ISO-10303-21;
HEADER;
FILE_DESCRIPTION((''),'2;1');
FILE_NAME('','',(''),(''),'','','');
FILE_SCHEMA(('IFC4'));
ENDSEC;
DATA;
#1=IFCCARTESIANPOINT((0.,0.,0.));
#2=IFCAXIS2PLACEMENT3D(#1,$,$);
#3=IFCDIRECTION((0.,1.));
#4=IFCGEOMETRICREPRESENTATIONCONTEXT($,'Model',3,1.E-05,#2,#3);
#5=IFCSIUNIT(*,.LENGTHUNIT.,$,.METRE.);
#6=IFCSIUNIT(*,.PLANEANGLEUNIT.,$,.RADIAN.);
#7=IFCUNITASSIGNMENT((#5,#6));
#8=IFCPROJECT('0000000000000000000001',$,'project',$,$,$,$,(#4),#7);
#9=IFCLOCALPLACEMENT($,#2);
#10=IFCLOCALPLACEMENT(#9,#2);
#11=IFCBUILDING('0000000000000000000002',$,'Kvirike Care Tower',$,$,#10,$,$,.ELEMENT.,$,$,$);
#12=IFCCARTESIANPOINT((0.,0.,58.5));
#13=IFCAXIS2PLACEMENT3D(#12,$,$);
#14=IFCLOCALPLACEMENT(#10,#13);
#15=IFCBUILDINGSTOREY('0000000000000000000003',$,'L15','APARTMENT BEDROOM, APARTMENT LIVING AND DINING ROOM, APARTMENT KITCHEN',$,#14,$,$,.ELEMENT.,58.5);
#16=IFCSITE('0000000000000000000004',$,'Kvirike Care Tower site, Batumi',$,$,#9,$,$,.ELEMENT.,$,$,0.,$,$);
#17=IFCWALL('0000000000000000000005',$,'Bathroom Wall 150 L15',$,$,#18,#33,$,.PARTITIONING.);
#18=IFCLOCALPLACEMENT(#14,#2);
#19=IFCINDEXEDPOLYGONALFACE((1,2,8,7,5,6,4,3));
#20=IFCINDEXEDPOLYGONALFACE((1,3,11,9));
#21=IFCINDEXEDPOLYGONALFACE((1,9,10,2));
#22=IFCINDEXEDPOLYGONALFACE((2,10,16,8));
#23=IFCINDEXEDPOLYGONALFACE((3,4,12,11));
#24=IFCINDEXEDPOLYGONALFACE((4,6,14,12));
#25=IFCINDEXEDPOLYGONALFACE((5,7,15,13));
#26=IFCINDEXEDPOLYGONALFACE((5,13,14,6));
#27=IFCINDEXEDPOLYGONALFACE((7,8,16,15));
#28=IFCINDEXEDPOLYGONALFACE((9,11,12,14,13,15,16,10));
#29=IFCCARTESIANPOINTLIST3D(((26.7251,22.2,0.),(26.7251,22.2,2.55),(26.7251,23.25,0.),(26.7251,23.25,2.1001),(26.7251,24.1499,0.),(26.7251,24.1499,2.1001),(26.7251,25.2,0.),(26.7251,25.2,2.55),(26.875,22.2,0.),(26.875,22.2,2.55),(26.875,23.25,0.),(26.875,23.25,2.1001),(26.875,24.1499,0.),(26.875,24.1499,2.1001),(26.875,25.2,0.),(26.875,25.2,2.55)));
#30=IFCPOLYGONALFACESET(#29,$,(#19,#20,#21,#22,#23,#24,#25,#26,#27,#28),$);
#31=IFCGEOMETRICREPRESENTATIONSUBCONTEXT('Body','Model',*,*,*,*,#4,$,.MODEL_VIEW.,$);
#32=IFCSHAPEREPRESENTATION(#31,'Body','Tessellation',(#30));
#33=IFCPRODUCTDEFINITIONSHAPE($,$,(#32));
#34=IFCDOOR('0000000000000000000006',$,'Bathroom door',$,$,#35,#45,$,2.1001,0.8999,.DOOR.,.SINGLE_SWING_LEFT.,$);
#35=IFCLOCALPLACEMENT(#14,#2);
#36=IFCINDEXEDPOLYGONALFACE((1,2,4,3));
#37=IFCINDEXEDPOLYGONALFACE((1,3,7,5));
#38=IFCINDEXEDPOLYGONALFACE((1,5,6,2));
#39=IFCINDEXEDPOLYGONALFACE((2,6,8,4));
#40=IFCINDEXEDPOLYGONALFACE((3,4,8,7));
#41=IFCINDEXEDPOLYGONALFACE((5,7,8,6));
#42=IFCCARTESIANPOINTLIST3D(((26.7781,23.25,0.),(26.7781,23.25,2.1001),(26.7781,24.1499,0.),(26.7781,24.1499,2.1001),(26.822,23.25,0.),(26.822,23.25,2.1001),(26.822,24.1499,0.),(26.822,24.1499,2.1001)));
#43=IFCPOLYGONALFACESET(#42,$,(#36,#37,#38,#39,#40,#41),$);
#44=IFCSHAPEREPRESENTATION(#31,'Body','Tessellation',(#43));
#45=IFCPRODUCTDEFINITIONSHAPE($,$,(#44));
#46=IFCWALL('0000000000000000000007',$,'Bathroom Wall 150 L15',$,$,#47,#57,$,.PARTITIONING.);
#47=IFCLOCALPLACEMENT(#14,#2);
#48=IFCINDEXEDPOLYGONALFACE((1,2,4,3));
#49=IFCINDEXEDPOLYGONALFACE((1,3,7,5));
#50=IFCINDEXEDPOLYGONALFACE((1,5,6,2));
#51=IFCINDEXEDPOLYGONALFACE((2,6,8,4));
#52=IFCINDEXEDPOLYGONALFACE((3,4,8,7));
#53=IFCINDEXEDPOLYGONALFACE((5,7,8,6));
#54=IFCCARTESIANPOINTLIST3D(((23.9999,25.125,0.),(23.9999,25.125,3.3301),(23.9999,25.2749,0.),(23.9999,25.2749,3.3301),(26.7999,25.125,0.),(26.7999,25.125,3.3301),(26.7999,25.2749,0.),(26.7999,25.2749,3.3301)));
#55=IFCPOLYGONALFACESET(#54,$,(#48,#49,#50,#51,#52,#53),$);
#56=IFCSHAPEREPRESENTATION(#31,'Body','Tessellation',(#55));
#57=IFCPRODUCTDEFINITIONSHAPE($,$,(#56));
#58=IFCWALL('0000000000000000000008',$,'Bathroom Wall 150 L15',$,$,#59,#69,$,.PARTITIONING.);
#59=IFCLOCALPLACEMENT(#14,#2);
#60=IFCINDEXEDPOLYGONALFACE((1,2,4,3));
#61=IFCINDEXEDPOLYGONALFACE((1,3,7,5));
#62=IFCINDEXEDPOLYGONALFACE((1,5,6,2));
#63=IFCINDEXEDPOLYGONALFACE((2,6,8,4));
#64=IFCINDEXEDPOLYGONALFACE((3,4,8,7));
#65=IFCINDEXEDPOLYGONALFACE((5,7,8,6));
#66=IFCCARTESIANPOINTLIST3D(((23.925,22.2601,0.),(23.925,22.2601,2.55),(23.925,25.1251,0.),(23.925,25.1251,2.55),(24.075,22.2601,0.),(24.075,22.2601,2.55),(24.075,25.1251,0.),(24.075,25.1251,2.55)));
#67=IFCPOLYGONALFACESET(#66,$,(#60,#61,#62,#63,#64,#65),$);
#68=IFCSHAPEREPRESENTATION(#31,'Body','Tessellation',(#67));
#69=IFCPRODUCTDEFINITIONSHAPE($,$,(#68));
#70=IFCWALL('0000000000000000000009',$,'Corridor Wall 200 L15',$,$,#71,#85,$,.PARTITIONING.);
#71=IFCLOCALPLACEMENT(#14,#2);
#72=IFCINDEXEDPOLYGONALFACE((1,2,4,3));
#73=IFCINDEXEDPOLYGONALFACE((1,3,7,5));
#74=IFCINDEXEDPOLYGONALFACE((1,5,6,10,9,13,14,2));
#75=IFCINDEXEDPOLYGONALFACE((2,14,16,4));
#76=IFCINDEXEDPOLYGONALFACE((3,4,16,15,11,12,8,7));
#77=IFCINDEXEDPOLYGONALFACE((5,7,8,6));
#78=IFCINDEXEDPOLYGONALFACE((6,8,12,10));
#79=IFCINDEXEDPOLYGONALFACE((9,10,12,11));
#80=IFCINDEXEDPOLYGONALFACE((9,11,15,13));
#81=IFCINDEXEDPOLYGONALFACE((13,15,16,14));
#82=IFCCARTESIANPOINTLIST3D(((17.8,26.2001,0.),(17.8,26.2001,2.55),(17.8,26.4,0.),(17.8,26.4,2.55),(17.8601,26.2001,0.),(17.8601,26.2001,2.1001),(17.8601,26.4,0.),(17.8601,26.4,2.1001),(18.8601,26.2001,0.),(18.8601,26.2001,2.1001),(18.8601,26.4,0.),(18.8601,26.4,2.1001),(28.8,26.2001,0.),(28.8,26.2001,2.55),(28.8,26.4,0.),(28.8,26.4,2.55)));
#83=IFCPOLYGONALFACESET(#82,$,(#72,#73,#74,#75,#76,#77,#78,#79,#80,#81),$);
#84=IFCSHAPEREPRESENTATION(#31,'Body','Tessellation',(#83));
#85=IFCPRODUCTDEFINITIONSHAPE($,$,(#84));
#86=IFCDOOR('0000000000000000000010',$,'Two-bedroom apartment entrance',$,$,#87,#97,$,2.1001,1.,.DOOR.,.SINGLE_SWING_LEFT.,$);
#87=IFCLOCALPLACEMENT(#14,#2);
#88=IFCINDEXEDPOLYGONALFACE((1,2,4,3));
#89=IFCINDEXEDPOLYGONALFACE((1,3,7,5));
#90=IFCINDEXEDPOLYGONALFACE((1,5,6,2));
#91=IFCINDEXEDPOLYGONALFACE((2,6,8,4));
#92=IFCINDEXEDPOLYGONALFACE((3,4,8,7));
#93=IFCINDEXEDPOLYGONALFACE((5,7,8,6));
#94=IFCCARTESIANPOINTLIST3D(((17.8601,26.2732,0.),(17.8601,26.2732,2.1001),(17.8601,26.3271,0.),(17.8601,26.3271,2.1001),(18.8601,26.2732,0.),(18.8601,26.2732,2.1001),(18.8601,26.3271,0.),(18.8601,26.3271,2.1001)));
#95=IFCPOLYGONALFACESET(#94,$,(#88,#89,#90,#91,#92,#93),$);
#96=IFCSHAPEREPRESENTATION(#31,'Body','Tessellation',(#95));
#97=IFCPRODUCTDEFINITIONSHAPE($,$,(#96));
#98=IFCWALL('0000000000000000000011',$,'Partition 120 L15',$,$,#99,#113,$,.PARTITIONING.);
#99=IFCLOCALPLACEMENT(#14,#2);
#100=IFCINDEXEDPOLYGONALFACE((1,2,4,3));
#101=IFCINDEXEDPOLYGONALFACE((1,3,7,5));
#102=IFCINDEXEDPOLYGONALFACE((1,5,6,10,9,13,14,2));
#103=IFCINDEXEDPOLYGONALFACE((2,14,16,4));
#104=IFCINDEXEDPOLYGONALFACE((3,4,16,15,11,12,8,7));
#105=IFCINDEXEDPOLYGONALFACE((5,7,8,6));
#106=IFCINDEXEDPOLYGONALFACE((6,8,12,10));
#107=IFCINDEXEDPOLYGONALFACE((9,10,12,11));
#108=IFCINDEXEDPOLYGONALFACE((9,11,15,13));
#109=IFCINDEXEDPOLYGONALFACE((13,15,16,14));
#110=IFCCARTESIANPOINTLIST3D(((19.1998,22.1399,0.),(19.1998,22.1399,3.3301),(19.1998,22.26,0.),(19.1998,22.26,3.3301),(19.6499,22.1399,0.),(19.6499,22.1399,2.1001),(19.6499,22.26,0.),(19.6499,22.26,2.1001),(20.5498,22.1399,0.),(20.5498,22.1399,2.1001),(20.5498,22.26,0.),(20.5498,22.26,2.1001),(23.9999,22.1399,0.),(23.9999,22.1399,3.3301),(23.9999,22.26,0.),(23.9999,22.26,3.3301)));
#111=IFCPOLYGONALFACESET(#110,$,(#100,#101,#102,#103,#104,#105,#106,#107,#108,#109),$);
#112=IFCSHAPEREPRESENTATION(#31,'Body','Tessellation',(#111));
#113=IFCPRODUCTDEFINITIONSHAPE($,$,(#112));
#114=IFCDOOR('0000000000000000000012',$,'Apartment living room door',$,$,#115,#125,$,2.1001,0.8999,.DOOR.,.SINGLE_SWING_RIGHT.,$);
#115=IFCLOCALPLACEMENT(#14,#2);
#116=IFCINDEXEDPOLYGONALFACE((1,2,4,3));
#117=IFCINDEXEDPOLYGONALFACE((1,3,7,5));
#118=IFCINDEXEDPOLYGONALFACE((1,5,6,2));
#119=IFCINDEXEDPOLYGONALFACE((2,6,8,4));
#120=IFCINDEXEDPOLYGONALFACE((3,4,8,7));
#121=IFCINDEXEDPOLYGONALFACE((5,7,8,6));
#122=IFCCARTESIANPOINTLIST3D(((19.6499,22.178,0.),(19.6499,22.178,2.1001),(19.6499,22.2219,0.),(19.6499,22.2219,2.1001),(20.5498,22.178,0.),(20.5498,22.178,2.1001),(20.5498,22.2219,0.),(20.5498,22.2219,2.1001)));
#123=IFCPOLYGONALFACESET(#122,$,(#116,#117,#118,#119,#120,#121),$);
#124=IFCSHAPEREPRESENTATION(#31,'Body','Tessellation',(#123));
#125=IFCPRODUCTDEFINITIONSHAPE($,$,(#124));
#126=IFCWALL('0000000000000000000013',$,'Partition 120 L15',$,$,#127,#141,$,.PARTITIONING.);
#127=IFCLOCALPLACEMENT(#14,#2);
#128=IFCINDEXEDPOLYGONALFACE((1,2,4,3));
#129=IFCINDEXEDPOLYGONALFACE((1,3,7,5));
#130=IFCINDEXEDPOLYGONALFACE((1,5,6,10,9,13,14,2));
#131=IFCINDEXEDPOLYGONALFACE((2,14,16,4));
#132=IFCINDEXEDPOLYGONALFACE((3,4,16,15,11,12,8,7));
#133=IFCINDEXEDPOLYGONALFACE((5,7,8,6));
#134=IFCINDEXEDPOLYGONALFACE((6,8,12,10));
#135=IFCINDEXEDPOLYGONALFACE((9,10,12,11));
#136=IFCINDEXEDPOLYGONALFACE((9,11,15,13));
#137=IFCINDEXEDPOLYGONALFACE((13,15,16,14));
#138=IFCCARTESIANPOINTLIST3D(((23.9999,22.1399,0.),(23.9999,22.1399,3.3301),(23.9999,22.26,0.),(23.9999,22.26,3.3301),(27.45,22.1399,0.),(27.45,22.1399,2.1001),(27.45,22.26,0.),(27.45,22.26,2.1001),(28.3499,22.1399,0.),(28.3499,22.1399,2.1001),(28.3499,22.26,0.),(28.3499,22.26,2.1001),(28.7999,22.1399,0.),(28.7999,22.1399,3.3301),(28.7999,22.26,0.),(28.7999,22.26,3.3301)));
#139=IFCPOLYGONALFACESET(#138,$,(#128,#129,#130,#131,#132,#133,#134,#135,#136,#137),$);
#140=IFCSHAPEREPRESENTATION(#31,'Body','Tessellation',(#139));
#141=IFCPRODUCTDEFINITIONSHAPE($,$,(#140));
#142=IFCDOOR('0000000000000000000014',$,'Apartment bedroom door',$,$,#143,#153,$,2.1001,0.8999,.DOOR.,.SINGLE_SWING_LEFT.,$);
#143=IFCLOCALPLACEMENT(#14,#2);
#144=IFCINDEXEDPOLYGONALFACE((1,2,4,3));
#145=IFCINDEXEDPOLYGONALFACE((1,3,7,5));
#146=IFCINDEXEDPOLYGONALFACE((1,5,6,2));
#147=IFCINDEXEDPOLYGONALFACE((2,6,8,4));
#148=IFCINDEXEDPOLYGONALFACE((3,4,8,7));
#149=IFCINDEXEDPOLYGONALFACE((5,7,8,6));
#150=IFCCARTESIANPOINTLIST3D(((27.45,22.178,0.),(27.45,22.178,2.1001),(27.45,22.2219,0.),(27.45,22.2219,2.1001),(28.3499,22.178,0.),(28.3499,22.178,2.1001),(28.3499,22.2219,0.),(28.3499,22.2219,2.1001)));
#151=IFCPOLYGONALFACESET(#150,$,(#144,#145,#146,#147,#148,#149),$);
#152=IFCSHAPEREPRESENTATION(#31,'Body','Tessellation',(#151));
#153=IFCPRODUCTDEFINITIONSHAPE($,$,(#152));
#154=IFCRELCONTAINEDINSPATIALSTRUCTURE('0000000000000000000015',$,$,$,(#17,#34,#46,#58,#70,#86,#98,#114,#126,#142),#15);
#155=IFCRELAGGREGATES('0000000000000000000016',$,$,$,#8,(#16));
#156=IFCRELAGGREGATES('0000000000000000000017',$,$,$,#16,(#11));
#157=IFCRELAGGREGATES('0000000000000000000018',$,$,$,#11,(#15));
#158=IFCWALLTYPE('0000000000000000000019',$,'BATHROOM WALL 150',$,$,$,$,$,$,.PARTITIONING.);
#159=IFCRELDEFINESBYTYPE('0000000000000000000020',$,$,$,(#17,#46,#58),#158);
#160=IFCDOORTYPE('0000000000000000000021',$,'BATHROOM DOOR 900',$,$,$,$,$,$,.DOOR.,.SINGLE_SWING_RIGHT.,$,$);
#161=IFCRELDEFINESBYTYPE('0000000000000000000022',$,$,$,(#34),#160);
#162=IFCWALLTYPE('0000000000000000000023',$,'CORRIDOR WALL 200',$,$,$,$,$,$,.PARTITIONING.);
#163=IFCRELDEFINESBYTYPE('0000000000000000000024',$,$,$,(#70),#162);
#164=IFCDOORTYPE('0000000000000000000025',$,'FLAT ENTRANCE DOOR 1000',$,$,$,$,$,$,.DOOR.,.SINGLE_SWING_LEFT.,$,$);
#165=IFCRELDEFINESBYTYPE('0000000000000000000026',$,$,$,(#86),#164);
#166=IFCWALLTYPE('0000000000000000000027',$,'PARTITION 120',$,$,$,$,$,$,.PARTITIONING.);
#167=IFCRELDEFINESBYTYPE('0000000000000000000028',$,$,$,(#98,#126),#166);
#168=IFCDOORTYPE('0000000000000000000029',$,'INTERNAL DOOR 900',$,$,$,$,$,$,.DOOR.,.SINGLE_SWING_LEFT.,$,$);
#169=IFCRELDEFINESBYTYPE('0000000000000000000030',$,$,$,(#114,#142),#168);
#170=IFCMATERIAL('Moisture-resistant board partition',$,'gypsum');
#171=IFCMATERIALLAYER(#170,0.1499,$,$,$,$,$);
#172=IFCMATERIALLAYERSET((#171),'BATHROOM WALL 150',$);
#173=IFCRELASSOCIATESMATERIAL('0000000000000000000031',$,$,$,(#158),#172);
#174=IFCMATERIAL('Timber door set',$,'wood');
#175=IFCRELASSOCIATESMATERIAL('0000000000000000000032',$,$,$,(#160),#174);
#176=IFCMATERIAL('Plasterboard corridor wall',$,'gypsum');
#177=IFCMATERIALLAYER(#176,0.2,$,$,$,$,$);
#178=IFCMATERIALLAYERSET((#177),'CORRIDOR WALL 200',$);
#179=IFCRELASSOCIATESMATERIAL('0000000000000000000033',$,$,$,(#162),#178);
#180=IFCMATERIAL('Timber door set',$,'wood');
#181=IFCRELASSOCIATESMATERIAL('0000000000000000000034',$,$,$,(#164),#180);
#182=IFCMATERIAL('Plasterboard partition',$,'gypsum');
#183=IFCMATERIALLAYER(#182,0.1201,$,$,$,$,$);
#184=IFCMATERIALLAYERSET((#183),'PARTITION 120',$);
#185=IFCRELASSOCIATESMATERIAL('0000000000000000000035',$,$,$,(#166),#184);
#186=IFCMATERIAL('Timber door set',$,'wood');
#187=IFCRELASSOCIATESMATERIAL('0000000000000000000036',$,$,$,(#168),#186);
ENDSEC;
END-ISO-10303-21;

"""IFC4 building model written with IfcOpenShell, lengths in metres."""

from ifc_helpers import new_model, si_unit, direction, frame, frame_2d, origin, place, context, subcontext, project, spatial, rectangle, extrude, material, layer, layer_set, type_object, element, fill, save


model = new_model("IFC4")

# Units and contexts
model_context = context("Model", 3, precision=1e-05, world=origin(), true_north=direction((0.0, 1.0)))
body_context = subcontext(model_context, "Body", "Model", "MODEL_VIEW")
ifc_project = project(units=[si_unit("LENGTHUNIT", "METRE"), si_unit("PLANEANGLEUNIT", "RADIAN")], contexts=[model_context])

# Site, building, storey
site_placement = place(None, origin())
site = spatial("IfcSite", under=ifc_project, at=site_placement, Name="Kvirike Care Tower site, Batumi", CompositionType="ELEMENT", RefElevation=0.0)
building_placement = place(site_placement, origin())
building = spatial("IfcBuilding", under=site, at=building_placement, Name="Kvirike Care Tower", CompositionType="ELEMENT")
storey_placement = place(building_placement, frame((0.0, 0.0, 58.5)))
storey = spatial("IfcBuildingStorey", under=building, at=storey_placement, Name="L15", Description="APARTMENT BEDROOM, APARTMENT LIVING AND DINING ROOM, APARTMENT KITCHEN", CompositionType="ELEMENT", Elevation=58.5)

# Wall, opening, door
ifc_material_1 = material(Name="Moisture-resistant board partition", Category="gypsum")
ifc_layer_1 = layer(ifc_material_1, 0.1499)
ifc_layer_set_1 = layer_set([ifc_layer_1], Name="BATHROOM WALL 150")
wall_type_1 = type_object("IfcWallType", Name="BATHROOM WALL 150", PredefinedType="PARTITIONING", material=ifc_layer_set_1)
wall_1_placement = place(storey_placement, frame((26.8, 22.2, 0.0), z_axis=(0.0, 0.0, 1.0), x_axis=(0.0, 1.0, 0.0)))
wall_1 = element("IfcWall", 1, at=wall_1_placement, inside=storey, type_object=wall_type_1, Name="Bathroom Wall 150 L15", PredefinedType="PARTITIONING", context=body_context, shape_type="SweptSolid", body=[
    extrude(rectangle(XDim=3.0, YDim=0.1499, at=frame_2d((1.5, 0.0))), origin(), (0.0, 0.0, 1.0), 2.55),
])
opening_1_placement = place(wall_1_placement, frame((1.05, 0.0, 0.0)))
opening_1 = element("IfcOpeningElement", 2, at=opening_1_placement, cuts=wall_1, PredefinedType="OPENING", context=body_context, shape_type="SweptSolid", body=[
    extrude(rectangle(XDim=0.8999, YDim=2.1001, at=frame_2d((0.45, 1.05))), frame((0.0, 0.0854, 0.0), z_axis=(0.0, -1.0, 0.0), x_axis=(1.0, 0.0, 0.0)), (0.0, 0.0, 1.0), 0.1709),
])
ifc_material_2 = material(Name="Timber door set", Category="wood")
door_type_1 = type_object("IfcDoorType", Name="BATHROOM DOOR 900", OperationType="SINGLE_SWING_RIGHT", PredefinedType="DOOR", material=ifc_material_2)
door_1_placement = place(opening_1_placement, origin())
door_1 = element("IfcDoor", 3, at=door_1_placement, inside=storey, type_object=door_type_1, Name="Bathroom door", OperationType="SINGLE_SWING_LEFT", OverallHeight=2.1001, OverallWidth=0.8999, PredefinedType="DOOR", context=body_context, shape_type="SweptSolid", body=[
    extrude(rectangle(XDim=0.8999, YDim=2.1001, at=frame_2d((0.45, 1.05))), frame((0.0, 0.022, 0.0), z_axis=(0.0, -1.0, 0.0), x_axis=(1.0, 0.0, 0.0)), (0.0, 0.0, 1.0), 0.0439),
])
fill(opening_1, door_1)

# Walls
wall_2_placement = place(storey_placement, frame((24.0, 25.2, 0.0), z_axis=(0.0, 0.0, 1.0), x_axis=(1.0, 0.0, 0.0)))
element("IfcWall", 4, at=wall_2_placement, inside=storey, type_object=wall_type_1, Name="Bathroom Wall 150 L15", PredefinedType="PARTITIONING", context=body_context, shape_type="SweptSolid", body=[
    extrude(rectangle(XDim=2.8, YDim=0.1499, at=frame_2d((1.3999, 0.0))), origin(), (0.0, 0.0, 1.0), 3.3301),
])
wall_3_placement = place(storey_placement, frame((24.0, 22.26, 0.0), z_axis=(0.0, 0.0, 1.0), x_axis=(0.0, 1.0, 0.0)))
element("IfcWall", 5, at=wall_3_placement, inside=storey, type_object=wall_type_1, Name="Bathroom Wall 150 L15", PredefinedType="PARTITIONING", context=body_context, shape_type="SweptSolid", body=[
    extrude(rectangle(XDim=2.865, YDim=0.1499, at=frame_2d((1.4326, 0.0))), origin(), (0.0, 0.0, 1.0), 2.55),
])

# Walls, openings, doors
ifc_material_3 = material(Name="Plasterboard corridor wall", Category="gypsum")
ifc_layer_2 = layer(ifc_material_3, 0.2)
ifc_layer_set_2 = layer_set([ifc_layer_2], Name="CORRIDOR WALL 200")
wall_type_2 = type_object("IfcWallType", Name="CORRIDOR WALL 200", PredefinedType="PARTITIONING", material=ifc_layer_set_2)
wall_4_placement = place(storey_placement, frame((17.8, 26.3, 0.0), z_axis=(0.0, 0.0, 1.0), x_axis=(1.0, 0.0, 0.0)))
wall_4 = element("IfcWall", 6, at=wall_4_placement, inside=storey, type_object=wall_type_2, Name="Corridor Wall 200 L15", PredefinedType="PARTITIONING", context=body_context, shape_type="SweptSolid", body=[
    extrude(rectangle(XDim=11.0, YDim=0.2, at=frame_2d((5.5, 0.0))), origin(), (0.0, 0.0, 1.0), 2.55),
])
opening_2_placement = place(wall_4_placement, frame((0.0601, 0.0, 0.0)))
opening_2 = element("IfcOpeningElement", 7, at=opening_2_placement, cuts=wall_4, PredefinedType="OPENING", context=body_context, shape_type="SweptSolid", body=[
    extrude(rectangle(XDim=1.0, YDim=2.1001, at=frame_2d((0.5, 1.05))), frame((0.0, 0.1106, 0.0), z_axis=(0.0, -1.0, 0.0), x_axis=(1.0, 0.0, 0.0)), (0.0, 0.0, 1.0), 0.2209),
])
ifc_material_4 = material(Name="Timber door set", Category="wood")
door_type_2 = type_object("IfcDoorType", Name="FLAT ENTRANCE DOOR 1000", OperationType="SINGLE_SWING_LEFT", PredefinedType="DOOR", material=ifc_material_4)
door_2_placement = place(opening_2_placement, frame((1.0, 0.0, 0.0), z_axis=(0.0, 0.0, 1.0), x_axis=(-1.0, 0.0, 0.0)))
door_2 = element("IfcDoor", 8, at=door_2_placement, inside=storey, type_object=door_type_2, Name="Two-bedroom apartment entrance", OperationType="SINGLE_SWING_LEFT", OverallHeight=2.1001, OverallWidth=1.0, PredefinedType="DOOR", context=body_context, shape_type="SweptSolid", body=[
    extrude(rectangle(XDim=1.0, YDim=2.1001, at=frame_2d((0.5, 1.05))), frame((0.0, 0.0269, 0.0), z_axis=(0.0, -1.0, 0.0), x_axis=(1.0, 0.0, 0.0)), (0.0, 0.0, 1.0), 0.054),
])
fill(opening_2, door_2)
ifc_material_5 = material(Name="Plasterboard partition", Category="gypsum")
ifc_layer_3 = layer(ifc_material_5, 0.1201)
ifc_layer_set_3 = layer_set([ifc_layer_3], Name="PARTITION 120")
wall_type_3 = type_object("IfcWallType", Name="PARTITION 120", PredefinedType="PARTITIONING", material=ifc_layer_set_3)
wall_5_placement = place(storey_placement, frame((19.2, 22.2, 0.0), z_axis=(0.0, 0.0, 1.0), x_axis=(1.0, 0.0, 0.0)))
wall_5 = element("IfcWall", 9, at=wall_5_placement, inside=storey, type_object=wall_type_3, Name="Partition 120 L15", PredefinedType="PARTITIONING", context=body_context, shape_type="SweptSolid", body=[
    extrude(rectangle(XDim=4.8, YDim=0.1201, at=frame_2d((2.3999, 0.0))), origin(), (0.0, 0.0, 1.0), 3.3301),
])
opening_3_placement = place(wall_5_placement, frame((0.45, 0.0, 0.0)))
opening_3 = element("IfcOpeningElement", 10, at=opening_3_placement, cuts=wall_5, PredefinedType="OPENING", context=body_context, shape_type="SweptSolid", body=[
    extrude(rectangle(XDim=0.8999, YDim=2.1001, at=frame_2d((0.45, 1.05))), frame((0.0, 0.0706, 0.0), z_axis=(0.0, -1.0, 0.0), x_axis=(1.0, 0.0, 0.0)), (0.0, 0.0, 1.0), 0.1411),
])
ifc_material_6 = material(Name="Timber door set", Category="wood")
door_type_3 = type_object("IfcDoorType", Name="INTERNAL DOOR 900", OperationType="SINGLE_SWING_LEFT", PredefinedType="DOOR", material=ifc_material_6)
door_3_placement = place(opening_3_placement, origin())
door_3 = element("IfcDoor", 11, at=door_3_placement, inside=storey, type_object=door_type_3, Name="Apartment living room door", OperationType="SINGLE_SWING_RIGHT", OverallHeight=2.1001, OverallWidth=0.8999, PredefinedType="DOOR", context=body_context, shape_type="SweptSolid", body=[
    extrude(rectangle(XDim=0.8999, YDim=2.1001, at=frame_2d((0.45, 1.05))), frame((0.0, 0.022, 0.0), z_axis=(0.0, -1.0, 0.0), x_axis=(1.0, 0.0, 0.0)), (0.0, 0.0, 1.0), 0.0439),
])
fill(opening_3, door_3)
wall_6_placement = place(storey_placement, frame((24.0, 22.2, 0.0), z_axis=(0.0, 0.0, 1.0), x_axis=(1.0, 0.0, 0.0)))
wall_6 = element("IfcWall", 12, at=wall_6_placement, inside=storey, type_object=wall_type_3, Name="Partition 120 L15", PredefinedType="PARTITIONING", context=body_context, shape_type="SweptSolid", body=[
    extrude(rectangle(XDim=4.8, YDim=0.1201, at=frame_2d((2.3999, 0.0))), origin(), (0.0, 0.0, 1.0), 3.3301),
])
opening_4_placement = place(wall_6_placement, frame((3.45, 0.0, 0.0)))
opening_4 = element("IfcOpeningElement", 13, at=opening_4_placement, cuts=wall_6, PredefinedType="OPENING", context=body_context, shape_type="SweptSolid", body=[
    extrude(rectangle(XDim=0.8999, YDim=2.1001, at=frame_2d((0.45, 1.05))), frame((0.0, 0.0706, 0.0), z_axis=(0.0, -1.0, 0.0), x_axis=(1.0, 0.0, 0.0)), (0.0, 0.0, 1.0), 0.1411),
])
door_4_placement = place(opening_4_placement, origin())
door_4 = element("IfcDoor", 14, at=door_4_placement, inside=storey, type_object=door_type_3, Name="Apartment bedroom door", OperationType="SINGLE_SWING_LEFT", OverallHeight=2.1001, OverallWidth=0.8999, PredefinedType="DOOR", context=body_context, shape_type="SweptSolid", body=[
    extrude(rectangle(XDim=0.8999, YDim=2.1001, at=frame_2d((0.45, 1.05))), frame((0.0, 0.022, 0.0), z_axis=(0.0, -1.0, 0.0), x_axis=(1.0, 0.0, 0.0)), (0.0, 0.0, 1.0), 0.0439),
])
fill(opening_4, door_4)

save(model, "model.ifc")
